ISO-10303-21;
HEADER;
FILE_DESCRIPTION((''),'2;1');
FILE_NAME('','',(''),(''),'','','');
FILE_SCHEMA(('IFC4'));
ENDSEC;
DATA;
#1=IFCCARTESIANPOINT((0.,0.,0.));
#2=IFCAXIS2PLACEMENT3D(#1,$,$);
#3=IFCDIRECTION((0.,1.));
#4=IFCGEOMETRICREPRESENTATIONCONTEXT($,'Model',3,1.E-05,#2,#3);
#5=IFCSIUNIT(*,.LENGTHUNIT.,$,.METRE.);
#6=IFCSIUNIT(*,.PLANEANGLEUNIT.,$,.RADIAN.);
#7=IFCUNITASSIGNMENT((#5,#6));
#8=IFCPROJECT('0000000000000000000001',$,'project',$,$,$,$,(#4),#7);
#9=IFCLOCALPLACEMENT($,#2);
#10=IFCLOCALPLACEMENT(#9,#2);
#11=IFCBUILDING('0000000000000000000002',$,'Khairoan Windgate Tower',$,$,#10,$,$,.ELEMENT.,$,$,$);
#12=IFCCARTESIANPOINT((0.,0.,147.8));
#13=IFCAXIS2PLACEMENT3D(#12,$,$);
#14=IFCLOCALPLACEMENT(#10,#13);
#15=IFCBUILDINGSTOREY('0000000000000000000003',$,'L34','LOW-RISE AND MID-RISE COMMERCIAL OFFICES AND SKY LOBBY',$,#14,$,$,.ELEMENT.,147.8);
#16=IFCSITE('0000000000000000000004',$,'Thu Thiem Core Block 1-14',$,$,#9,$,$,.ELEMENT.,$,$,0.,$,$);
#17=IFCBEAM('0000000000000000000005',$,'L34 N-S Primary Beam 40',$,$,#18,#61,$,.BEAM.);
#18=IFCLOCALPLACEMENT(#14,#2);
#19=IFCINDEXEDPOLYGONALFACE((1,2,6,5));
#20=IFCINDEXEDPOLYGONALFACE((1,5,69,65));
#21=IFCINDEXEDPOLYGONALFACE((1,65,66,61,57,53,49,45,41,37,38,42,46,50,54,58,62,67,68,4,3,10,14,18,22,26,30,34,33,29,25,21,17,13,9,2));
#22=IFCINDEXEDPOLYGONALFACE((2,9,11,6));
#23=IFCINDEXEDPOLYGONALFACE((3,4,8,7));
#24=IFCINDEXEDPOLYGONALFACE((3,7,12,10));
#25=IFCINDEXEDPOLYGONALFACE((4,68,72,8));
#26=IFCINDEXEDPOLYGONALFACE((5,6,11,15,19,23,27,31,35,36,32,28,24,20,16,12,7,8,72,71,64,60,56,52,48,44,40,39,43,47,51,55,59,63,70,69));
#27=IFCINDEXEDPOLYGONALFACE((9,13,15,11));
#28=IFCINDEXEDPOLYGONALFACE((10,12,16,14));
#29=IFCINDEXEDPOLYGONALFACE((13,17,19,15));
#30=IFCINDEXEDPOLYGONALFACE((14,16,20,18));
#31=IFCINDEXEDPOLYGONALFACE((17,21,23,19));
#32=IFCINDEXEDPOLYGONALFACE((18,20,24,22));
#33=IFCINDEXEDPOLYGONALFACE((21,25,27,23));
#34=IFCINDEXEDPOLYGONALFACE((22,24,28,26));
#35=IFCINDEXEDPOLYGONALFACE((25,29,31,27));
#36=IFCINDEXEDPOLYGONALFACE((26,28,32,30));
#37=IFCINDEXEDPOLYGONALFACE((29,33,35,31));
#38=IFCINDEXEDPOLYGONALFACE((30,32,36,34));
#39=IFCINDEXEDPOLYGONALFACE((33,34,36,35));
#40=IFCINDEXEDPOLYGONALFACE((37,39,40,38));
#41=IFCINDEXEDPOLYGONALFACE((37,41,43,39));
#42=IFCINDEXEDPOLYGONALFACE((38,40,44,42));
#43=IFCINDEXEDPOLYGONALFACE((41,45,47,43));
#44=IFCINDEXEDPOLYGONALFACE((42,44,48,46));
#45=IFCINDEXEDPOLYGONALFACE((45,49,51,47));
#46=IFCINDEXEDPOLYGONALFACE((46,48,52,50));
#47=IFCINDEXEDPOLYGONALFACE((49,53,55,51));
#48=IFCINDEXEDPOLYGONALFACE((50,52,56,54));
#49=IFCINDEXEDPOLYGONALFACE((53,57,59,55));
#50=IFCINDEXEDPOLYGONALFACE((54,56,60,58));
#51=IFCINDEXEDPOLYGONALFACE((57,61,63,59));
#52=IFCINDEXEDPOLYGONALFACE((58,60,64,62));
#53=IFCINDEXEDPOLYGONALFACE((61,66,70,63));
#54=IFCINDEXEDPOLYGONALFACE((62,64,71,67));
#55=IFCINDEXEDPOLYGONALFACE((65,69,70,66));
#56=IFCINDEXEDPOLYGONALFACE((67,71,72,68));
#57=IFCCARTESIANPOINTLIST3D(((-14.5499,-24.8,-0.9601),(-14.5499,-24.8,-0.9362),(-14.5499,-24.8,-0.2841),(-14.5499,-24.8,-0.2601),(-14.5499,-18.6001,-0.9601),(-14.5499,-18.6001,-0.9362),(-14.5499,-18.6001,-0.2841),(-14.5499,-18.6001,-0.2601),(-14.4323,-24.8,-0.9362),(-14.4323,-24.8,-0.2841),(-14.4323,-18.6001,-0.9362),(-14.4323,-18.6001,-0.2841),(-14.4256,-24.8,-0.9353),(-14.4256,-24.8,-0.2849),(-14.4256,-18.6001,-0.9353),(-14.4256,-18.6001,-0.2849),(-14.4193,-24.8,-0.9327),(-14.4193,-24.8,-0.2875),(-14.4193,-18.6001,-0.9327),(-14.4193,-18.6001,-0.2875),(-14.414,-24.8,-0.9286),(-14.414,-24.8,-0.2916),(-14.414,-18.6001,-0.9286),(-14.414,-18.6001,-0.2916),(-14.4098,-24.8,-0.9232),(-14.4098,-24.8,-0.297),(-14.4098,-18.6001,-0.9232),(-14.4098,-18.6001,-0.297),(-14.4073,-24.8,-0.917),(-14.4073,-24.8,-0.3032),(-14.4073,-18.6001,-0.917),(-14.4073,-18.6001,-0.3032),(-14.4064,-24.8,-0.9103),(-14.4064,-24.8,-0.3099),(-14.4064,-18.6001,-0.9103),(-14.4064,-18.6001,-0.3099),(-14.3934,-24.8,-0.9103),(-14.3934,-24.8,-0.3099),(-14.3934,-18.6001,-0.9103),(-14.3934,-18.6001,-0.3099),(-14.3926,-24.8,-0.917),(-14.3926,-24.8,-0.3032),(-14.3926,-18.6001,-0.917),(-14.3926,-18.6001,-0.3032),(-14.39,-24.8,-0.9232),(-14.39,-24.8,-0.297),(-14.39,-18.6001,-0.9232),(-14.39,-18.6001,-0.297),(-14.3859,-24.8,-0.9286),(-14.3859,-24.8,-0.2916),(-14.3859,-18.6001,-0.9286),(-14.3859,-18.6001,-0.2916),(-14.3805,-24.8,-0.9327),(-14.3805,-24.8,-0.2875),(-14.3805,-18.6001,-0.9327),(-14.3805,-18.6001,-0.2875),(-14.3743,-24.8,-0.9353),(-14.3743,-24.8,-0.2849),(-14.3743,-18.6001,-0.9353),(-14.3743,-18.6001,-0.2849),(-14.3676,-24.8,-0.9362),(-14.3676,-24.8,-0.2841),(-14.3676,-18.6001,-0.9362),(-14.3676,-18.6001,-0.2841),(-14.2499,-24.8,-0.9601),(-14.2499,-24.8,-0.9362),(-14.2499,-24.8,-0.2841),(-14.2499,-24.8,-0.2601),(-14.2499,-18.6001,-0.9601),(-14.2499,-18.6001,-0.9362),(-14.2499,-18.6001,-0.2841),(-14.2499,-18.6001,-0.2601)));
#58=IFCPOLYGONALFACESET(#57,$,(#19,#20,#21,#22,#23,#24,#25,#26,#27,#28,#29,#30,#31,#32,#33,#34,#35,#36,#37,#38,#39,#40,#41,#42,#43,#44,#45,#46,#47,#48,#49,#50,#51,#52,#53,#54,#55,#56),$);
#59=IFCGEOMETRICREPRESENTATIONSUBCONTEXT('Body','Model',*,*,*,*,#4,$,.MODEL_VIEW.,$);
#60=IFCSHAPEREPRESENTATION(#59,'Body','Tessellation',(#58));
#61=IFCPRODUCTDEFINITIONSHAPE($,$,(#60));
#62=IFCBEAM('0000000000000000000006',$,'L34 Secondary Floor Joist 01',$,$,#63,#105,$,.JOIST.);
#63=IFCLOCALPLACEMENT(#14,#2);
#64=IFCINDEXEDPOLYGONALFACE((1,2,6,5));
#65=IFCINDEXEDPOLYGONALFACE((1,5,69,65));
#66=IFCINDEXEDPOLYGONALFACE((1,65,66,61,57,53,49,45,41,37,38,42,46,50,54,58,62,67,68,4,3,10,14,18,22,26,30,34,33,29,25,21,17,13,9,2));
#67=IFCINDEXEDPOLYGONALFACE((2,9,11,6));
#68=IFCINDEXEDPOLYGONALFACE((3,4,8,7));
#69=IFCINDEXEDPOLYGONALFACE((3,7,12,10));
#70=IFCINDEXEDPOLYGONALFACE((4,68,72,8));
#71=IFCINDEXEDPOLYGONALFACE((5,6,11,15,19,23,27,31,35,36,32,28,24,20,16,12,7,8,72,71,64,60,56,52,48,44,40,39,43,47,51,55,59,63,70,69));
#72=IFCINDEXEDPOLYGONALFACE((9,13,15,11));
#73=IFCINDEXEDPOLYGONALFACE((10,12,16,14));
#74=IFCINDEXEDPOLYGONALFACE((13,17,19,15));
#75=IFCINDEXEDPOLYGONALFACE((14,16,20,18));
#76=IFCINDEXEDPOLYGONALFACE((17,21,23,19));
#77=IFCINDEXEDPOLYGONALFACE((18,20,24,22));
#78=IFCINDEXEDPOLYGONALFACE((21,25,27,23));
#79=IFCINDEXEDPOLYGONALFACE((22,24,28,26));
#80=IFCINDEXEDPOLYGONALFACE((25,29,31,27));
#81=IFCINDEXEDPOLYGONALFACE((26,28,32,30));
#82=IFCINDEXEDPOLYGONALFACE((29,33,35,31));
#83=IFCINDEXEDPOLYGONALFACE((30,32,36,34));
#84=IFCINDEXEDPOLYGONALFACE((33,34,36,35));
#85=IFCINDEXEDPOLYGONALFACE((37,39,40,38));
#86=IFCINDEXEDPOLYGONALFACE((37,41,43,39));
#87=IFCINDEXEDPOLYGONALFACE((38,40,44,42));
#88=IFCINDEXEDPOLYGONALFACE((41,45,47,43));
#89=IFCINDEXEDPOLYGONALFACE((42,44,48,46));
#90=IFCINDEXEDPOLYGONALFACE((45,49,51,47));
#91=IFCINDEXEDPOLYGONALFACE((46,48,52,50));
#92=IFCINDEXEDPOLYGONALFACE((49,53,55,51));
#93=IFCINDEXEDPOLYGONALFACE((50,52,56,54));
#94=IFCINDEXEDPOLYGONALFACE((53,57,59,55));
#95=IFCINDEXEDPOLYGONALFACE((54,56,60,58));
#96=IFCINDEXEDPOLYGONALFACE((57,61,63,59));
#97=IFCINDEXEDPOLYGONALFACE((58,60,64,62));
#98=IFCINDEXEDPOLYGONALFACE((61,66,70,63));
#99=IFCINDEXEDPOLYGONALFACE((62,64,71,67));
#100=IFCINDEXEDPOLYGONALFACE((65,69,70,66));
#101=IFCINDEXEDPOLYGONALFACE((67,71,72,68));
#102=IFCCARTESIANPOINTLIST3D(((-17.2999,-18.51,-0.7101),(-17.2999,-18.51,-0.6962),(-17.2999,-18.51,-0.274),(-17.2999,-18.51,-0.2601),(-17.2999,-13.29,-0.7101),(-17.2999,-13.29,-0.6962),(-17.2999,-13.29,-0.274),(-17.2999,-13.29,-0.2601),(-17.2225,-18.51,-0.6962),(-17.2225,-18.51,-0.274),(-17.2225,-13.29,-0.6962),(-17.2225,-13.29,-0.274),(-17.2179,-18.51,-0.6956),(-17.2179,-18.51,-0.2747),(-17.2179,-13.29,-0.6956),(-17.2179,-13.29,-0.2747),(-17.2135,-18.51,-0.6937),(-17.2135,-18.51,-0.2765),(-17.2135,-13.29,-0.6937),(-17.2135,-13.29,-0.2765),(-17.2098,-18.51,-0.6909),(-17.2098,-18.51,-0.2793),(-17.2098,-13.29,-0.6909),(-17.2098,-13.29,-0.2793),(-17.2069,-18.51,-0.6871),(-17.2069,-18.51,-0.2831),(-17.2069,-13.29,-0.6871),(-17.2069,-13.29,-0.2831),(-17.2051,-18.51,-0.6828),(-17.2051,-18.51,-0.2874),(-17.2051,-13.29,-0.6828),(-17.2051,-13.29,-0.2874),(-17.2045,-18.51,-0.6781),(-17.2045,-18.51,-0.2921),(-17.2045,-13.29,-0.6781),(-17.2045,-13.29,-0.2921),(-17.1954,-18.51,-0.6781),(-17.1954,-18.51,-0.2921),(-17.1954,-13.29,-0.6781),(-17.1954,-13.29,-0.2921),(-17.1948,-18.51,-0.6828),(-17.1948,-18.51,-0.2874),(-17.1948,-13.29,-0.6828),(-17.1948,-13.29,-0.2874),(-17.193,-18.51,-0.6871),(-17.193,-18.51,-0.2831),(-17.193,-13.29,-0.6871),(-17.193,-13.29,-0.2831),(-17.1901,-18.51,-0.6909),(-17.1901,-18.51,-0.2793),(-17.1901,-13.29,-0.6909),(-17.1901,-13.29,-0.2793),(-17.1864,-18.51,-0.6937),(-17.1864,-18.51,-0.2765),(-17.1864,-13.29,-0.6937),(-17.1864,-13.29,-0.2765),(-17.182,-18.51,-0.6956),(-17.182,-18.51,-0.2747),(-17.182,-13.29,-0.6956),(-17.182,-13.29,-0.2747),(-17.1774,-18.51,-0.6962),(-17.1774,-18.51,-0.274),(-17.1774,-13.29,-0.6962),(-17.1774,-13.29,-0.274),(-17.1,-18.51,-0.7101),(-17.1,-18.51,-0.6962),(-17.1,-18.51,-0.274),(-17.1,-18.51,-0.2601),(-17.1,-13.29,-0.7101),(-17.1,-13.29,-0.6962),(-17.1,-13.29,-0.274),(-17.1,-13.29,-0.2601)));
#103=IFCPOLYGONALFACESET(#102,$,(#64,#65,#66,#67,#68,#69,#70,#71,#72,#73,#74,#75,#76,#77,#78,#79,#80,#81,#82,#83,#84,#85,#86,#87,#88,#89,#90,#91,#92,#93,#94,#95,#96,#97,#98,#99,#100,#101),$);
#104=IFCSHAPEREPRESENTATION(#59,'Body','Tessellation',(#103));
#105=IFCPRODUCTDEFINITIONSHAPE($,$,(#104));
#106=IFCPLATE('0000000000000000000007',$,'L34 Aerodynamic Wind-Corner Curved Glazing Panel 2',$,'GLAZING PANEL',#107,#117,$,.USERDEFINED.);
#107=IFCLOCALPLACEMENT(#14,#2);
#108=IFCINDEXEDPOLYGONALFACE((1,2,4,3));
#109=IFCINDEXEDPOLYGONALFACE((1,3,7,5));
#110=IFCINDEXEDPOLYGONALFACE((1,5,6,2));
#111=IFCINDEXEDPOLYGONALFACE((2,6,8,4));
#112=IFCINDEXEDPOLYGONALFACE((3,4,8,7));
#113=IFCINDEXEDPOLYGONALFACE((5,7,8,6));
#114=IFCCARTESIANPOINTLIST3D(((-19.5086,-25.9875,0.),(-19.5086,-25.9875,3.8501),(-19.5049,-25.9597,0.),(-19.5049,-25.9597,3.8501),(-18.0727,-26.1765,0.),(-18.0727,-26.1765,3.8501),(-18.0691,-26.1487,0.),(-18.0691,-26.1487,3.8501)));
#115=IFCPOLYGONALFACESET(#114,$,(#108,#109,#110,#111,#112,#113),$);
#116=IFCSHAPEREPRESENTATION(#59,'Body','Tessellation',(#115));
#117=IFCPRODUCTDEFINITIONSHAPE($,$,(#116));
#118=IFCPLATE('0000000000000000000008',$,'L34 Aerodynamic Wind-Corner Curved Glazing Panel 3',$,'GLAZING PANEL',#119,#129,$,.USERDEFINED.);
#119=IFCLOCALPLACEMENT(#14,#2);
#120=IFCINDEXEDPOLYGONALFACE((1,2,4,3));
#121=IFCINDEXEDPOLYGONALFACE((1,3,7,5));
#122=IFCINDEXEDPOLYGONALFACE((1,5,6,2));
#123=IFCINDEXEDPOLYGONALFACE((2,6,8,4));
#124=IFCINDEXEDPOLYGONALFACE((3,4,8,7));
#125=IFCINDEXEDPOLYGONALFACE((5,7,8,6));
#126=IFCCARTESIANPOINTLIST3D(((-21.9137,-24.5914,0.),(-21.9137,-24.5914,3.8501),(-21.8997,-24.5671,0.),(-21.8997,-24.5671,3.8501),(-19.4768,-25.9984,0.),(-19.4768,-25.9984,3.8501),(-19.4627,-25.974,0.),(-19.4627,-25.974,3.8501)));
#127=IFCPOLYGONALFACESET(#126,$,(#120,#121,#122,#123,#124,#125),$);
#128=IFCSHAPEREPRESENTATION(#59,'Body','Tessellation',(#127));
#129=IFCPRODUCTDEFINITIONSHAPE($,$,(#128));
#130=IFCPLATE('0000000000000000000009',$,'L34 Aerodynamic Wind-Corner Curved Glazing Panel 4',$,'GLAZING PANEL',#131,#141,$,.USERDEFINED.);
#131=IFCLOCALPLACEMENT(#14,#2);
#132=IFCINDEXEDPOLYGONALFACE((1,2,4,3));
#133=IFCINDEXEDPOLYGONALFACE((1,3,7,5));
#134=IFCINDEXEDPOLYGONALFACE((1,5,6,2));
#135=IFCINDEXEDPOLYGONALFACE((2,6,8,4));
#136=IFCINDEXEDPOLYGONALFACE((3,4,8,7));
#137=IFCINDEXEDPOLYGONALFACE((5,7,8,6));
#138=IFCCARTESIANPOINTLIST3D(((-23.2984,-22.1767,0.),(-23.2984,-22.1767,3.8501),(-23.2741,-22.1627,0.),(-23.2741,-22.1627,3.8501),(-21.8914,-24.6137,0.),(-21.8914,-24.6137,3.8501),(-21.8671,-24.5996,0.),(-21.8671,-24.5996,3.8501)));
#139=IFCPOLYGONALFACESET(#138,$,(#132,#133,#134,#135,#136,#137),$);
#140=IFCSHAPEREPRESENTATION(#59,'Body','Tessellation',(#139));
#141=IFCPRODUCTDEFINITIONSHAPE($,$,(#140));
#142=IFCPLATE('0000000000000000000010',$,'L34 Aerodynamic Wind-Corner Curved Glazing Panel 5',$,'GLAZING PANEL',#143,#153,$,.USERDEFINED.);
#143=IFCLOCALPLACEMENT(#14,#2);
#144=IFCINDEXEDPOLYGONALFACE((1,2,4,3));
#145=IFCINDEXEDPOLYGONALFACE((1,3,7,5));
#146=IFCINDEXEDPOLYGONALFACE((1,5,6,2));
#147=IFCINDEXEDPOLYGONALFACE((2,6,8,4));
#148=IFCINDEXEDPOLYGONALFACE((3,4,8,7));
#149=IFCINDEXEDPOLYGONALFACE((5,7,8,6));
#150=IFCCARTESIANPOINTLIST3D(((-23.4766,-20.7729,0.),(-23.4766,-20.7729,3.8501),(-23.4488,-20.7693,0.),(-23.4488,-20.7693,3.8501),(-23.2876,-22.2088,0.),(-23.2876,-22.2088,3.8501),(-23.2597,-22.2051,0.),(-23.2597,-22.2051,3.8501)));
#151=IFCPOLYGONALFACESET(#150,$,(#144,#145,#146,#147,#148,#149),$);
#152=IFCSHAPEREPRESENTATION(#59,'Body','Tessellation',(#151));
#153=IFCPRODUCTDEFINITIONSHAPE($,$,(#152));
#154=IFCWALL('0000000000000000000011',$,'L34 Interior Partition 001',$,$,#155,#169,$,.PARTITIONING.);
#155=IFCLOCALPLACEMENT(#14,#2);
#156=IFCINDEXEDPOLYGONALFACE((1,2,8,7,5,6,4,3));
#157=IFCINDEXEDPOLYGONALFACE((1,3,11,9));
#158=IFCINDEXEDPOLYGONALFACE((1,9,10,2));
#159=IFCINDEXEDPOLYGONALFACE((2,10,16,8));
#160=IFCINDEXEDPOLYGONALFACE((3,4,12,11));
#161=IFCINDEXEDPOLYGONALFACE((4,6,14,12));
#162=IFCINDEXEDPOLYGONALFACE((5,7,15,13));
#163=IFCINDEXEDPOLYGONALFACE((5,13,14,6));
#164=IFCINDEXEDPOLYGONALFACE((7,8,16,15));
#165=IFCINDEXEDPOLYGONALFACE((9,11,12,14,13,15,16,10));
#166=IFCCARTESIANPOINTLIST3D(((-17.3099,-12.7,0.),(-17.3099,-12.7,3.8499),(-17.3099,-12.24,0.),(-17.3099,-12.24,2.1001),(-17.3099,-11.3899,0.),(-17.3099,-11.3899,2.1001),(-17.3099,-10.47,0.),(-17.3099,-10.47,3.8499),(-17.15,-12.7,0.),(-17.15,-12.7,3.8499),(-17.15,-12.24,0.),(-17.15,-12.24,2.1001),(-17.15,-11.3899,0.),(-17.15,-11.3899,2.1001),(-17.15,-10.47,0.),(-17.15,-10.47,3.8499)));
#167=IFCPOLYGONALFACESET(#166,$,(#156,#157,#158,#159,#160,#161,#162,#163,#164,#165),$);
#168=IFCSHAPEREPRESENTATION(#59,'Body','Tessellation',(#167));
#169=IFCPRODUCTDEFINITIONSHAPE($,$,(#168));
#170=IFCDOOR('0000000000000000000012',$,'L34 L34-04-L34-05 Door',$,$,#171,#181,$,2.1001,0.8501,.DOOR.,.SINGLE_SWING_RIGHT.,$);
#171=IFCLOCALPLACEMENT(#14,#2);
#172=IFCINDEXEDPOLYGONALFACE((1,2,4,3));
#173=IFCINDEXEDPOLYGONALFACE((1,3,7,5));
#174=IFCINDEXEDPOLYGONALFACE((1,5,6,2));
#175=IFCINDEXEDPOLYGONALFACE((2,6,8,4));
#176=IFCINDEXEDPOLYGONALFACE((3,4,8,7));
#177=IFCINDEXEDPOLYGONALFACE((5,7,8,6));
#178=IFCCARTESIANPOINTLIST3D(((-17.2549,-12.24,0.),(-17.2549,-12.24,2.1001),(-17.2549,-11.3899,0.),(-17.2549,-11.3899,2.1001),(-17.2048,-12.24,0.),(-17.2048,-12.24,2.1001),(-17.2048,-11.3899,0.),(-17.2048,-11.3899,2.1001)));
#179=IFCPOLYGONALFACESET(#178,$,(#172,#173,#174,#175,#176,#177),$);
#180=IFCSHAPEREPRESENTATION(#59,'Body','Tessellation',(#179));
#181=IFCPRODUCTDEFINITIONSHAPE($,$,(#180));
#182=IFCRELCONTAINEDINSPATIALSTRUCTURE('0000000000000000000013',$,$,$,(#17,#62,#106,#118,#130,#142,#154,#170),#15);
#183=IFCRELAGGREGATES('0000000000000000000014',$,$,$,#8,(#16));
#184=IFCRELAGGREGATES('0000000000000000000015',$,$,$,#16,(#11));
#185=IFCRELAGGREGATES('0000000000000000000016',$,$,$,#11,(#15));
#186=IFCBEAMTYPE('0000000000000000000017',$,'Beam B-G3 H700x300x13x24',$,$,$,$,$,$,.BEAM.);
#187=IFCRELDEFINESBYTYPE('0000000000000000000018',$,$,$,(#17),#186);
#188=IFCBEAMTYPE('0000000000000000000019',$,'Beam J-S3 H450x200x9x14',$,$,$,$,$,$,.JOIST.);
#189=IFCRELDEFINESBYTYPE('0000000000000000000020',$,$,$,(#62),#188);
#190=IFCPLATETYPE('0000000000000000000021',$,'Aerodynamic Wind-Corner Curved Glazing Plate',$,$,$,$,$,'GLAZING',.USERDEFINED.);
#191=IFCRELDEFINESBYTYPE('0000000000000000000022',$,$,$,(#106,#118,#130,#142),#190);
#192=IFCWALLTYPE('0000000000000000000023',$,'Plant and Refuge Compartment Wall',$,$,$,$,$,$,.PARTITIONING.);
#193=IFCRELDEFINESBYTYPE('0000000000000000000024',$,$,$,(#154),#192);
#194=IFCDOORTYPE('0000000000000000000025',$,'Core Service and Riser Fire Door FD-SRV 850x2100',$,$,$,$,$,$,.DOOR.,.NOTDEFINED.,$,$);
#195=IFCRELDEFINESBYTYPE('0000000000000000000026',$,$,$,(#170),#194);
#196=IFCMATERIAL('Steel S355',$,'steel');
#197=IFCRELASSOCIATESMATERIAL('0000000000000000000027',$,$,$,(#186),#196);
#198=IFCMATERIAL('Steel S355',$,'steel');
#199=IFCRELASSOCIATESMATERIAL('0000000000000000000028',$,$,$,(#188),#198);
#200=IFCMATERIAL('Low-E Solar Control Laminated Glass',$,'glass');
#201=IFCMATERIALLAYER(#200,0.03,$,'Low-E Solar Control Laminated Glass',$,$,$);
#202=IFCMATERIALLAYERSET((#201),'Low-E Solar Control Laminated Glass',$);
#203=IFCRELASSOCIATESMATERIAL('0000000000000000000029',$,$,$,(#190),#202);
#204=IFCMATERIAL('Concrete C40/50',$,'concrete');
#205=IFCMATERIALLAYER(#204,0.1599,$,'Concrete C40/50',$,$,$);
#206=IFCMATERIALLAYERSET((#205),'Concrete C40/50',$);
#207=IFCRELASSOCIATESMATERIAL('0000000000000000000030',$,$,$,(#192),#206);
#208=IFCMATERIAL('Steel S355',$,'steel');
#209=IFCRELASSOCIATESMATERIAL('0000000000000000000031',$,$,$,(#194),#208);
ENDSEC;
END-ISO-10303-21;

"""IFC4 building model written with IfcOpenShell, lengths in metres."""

from ifc_helpers import new_model, si_unit, direction, frame, frame_2d, origin, origin_2d, place, context, subcontext, project, spatial, rectangle, i_section, extrude, material, layer, layer_set, material_profile, profile_set, type_object, element, fill, save


model = new_model("IFC4")

# Units and contexts
model_context = context("Model", 3, precision=1e-05, world=origin(), true_north=direction((0.0, 1.0)))
body_context = subcontext(model_context, "Body", "Model", "MODEL_VIEW")
ifc_project = project(units=[si_unit("LENGTHUNIT", "METRE"), si_unit("PLANEANGLEUNIT", "RADIAN")], contexts=[model_context])

# Site, building, storey
site_placement = place(None, origin())
site = spatial("IfcSite", under=ifc_project, at=site_placement, Name="Thu Thiem Core Block 1-14", CompositionType="ELEMENT", RefElevation=0.0)
building_placement = place(site_placement, origin())
building = spatial("IfcBuilding", under=site, at=building_placement, Name="Khairoan Windgate Tower", CompositionType="ELEMENT")
storey_placement = place(building_placement, frame((0.0, 0.0, 147.8)))
storey = spatial("IfcBuildingStorey", under=building, at=storey_placement, Name="L34", Description="LOW-RISE AND MID-RISE COMMERCIAL OFFICES AND SKY LOBBY", CompositionType="ELEMENT", Elevation=147.8)

# Beams
ifc_material_1 = material(Name="Steel S355", Category="steel")
ifc_material_profile_1 = material_profile(ifc_material_1, i_section(OverallWidth=0.3, OverallDepth=0.7, WebThickness=0.0129, FlangeThickness=0.0239, FilletRadius=0.0259, at=origin_2d()))
ifc_profile_set_1 = profile_set([ifc_material_profile_1], Name="Steel S355")
beam_type_1 = type_object("IfcBeamType", Name="Beam B-G3 H700x300x13x24", PredefinedType="BEAM", material=ifc_profile_set_1)
beam_1_placement = place(storey_placement, frame((-14.3999, -24.8, -0.6101), z_axis=(0.0, 1.0, 0.0), x_axis=(-1.0, 0.0, 0.0)))
element("IfcBeam", 1, at=beam_1_placement, inside=storey, type_object=beam_type_1, Name="L34 N-S Primary Beam 40", PredefinedType="BEAM", context=body_context, shape_type="SweptSolid", body=[
    extrude(i_section(OverallWidth=0.3, OverallDepth=0.7, WebThickness=0.0129, FlangeThickness=0.0239, FilletRadius=0.0259, at=origin_2d()), origin(), (0.0, 0.0, 1.0), 6.2),
])
ifc_material_2 = material(Name="Steel S355", Category="steel")
ifc_material_profile_2 = material_profile(ifc_material_2, i_section(OverallWidth=0.2, OverallDepth=0.45, WebThickness=0.009, FlangeThickness=0.0139, FilletRadius=0.0181, at=origin_2d()))
ifc_profile_set_2 = profile_set([ifc_material_profile_2], Name="Steel S355")
beam_type_2 = type_object("IfcBeamType", Name="Beam J-S3 H450x200x9x14", PredefinedType="JOIST", material=ifc_profile_set_2)
beam_2_placement = place(storey_placement, frame((-17.2, -18.51, -0.4851), z_axis=(0.0, 1.0, 0.0), x_axis=(-1.0, 0.0, 0.0)))
element("IfcBeam", 2, at=beam_2_placement, inside=storey, type_object=beam_type_2, Name="L34 Secondary Floor Joist 01", PredefinedType="JOIST", context=body_context, shape_type="SweptSolid", body=[
    extrude(i_section(OverallWidth=0.2, OverallDepth=0.45, WebThickness=0.009, FlangeThickness=0.0139, FilletRadius=0.0181, at=origin_2d()), origin(), (0.0, 0.0, 1.0), 5.22),
])

# Plates
ifc_material_3 = material(Name="Low-E Solar Control Laminated Glass", Category="glass")
ifc_layer_1 = layer(ifc_material_3, 0.03, Name="Low-E Solar Control Laminated Glass")
ifc_layer_set_1 = layer_set([ifc_layer_1], Name="Low-E Solar Control Laminated Glass")
plate_type_1 = type_object("IfcPlateType", Name="Aerodynamic Wind-Corner Curved Glazing Plate", ElementType="GLAZING", PredefinedType="USERDEFINED", material=ifc_layer_set_1)
plate_1_placement = place(storey_placement, frame((-18.7888, -26.0681, 0.0), z_axis=(0.0, 0.0, 1.0), x_axis=(-0.991445, 0.130526, 0.0)))
element("IfcPlate", 3, at=plate_1_placement, inside=storey, type_object=plate_type_1, Name="L34 Aerodynamic Wind-Corner Curved Glazing Panel 2", ObjectType="GLAZING PANEL", PredefinedType="USERDEFINED", context=body_context, shape_type="SweptSolid", body=[
    extrude(rectangle(XDim=1.4482, YDim=0.0281, at=origin_2d()), origin(), (0.0, 0.0, 1.0), 3.8501),
])
for number, where, z_axis, x_axis, name in (
    (4, (-20.6882, -25.2827, 0.0), (0.0, 0.0, 1.0), (-0.866025, 0.5, 0.0), "L34 Aerodynamic Wind-Corner Curved Glazing Panel 3"),
    (5, (-22.5828, -23.3882, 0.0), (0.0, 0.0, 1.0), (-0.5, 0.866025, 0.0), "L34 Aerodynamic Wind-Corner Curved Glazing Panel 4"),
):
    element("IfcPlate", number, at=place(storey_placement, frame(where, z_axis=z_axis, x_axis=x_axis)), inside=storey, type_object=plate_type_1, Name=name, ObjectType="GLAZING PANEL", PredefinedType="USERDEFINED", context=body_context, shape_type="SweptSolid", body=[
        extrude(rectangle(XDim=2.814, YDim=0.0281, at=origin_2d()), origin(), (0.0, 0.0, 1.0), 3.8501),
    ])
plate_2_placement = place(storey_placement, frame((-23.3682, -21.489, 0.0), z_axis=(0.0, 0.0, 1.0), x_axis=(-0.130526, 0.991445, 0.0)))
element("IfcPlate", 6, at=plate_2_placement, inside=storey, type_object=plate_type_1, Name="L34 Aerodynamic Wind-Corner Curved Glazing Panel 5", ObjectType="GLAZING PANEL", PredefinedType="USERDEFINED", context=body_context, shape_type="SweptSolid", body=[
    extrude(rectangle(XDim=1.4482, YDim=0.0281, at=origin_2d()), origin(), (0.0, 0.0, 1.0), 3.8501),
])

# Wall, opening, door
ifc_material_4 = material(Name="Concrete C40/50", Category="concrete")
ifc_layer_2 = layer(ifc_material_4, 0.1599, Name="Concrete C40/50")
ifc_layer_set_2 = layer_set([ifc_layer_2], Name="Concrete C40/50")
wall_type_1 = type_object("IfcWallType", Name="Plant and Refuge Compartment Wall", PredefinedType="PARTITIONING", material=ifc_layer_set_2)
wall_1_placement = place(storey_placement, frame((-17.23, -12.7, 0.0), z_axis=(0.0, 0.0, 1.0), x_axis=(0.0, 1.0, 0.0)))
wall_1 = element("IfcWall", 7, at=wall_1_placement, inside=storey, type_object=wall_type_1, Name="L34 Interior Partition 001", PredefinedType="PARTITIONING", context=body_context, shape_type="SweptSolid", body=[
    extrude(rectangle(XDim=2.23, YDim=0.1599, at=frame_2d((1.115, 0.0))), origin(), (0.0, 0.0, 1.0), 3.8499),
])
opening_placement = place(wall_1_placement, frame((0.46, 0.0, 0.0)))
opening = element("IfcOpeningElement", 8, at=opening_placement, cuts=wall_1, PredefinedType="OPENING", context=body_context, shape_type="SweptSolid", body=[
    extrude(rectangle(XDim=0.8501, YDim=2.1001, at=frame_2d((0.425, 1.05))), frame((0.0, 0.0898, 0.0), z_axis=(0.0, -1.0, 0.0), x_axis=(1.0, 0.0, 0.0)), (0.0, 0.0, 1.0), 0.1799),
])
ifc_material_5 = material(Name="Steel S355", Category="steel")
door_type = type_object("IfcDoorType", Name="Core Service and Riser Fire Door FD-SRV 850x2100", OperationType="NOTDEFINED", PredefinedType="DOOR", material=ifc_material_5)
door_placement = place(opening_placement, origin())
door = element("IfcDoor", 9, at=door_placement, inside=storey, type_object=door_type, Name="L34 L34-04-L34-05 Door", OperationType="SINGLE_SWING_RIGHT", OverallHeight=2.1001, OverallWidth=0.8501, PredefinedType="DOOR", context=body_context, shape_type="SweptSolid", body=[
    extrude(rectangle(XDim=0.8501, YDim=2.1001, at=frame_2d((0.425, 1.05))), frame((0.0, 0.0249, 0.0), z_axis=(0.0, -1.0, 0.0), x_axis=(1.0, 0.0, 0.0)), (0.0, 0.0, 1.0), 0.05),
])
fill(opening, door)

save(model, "model.ifc")
